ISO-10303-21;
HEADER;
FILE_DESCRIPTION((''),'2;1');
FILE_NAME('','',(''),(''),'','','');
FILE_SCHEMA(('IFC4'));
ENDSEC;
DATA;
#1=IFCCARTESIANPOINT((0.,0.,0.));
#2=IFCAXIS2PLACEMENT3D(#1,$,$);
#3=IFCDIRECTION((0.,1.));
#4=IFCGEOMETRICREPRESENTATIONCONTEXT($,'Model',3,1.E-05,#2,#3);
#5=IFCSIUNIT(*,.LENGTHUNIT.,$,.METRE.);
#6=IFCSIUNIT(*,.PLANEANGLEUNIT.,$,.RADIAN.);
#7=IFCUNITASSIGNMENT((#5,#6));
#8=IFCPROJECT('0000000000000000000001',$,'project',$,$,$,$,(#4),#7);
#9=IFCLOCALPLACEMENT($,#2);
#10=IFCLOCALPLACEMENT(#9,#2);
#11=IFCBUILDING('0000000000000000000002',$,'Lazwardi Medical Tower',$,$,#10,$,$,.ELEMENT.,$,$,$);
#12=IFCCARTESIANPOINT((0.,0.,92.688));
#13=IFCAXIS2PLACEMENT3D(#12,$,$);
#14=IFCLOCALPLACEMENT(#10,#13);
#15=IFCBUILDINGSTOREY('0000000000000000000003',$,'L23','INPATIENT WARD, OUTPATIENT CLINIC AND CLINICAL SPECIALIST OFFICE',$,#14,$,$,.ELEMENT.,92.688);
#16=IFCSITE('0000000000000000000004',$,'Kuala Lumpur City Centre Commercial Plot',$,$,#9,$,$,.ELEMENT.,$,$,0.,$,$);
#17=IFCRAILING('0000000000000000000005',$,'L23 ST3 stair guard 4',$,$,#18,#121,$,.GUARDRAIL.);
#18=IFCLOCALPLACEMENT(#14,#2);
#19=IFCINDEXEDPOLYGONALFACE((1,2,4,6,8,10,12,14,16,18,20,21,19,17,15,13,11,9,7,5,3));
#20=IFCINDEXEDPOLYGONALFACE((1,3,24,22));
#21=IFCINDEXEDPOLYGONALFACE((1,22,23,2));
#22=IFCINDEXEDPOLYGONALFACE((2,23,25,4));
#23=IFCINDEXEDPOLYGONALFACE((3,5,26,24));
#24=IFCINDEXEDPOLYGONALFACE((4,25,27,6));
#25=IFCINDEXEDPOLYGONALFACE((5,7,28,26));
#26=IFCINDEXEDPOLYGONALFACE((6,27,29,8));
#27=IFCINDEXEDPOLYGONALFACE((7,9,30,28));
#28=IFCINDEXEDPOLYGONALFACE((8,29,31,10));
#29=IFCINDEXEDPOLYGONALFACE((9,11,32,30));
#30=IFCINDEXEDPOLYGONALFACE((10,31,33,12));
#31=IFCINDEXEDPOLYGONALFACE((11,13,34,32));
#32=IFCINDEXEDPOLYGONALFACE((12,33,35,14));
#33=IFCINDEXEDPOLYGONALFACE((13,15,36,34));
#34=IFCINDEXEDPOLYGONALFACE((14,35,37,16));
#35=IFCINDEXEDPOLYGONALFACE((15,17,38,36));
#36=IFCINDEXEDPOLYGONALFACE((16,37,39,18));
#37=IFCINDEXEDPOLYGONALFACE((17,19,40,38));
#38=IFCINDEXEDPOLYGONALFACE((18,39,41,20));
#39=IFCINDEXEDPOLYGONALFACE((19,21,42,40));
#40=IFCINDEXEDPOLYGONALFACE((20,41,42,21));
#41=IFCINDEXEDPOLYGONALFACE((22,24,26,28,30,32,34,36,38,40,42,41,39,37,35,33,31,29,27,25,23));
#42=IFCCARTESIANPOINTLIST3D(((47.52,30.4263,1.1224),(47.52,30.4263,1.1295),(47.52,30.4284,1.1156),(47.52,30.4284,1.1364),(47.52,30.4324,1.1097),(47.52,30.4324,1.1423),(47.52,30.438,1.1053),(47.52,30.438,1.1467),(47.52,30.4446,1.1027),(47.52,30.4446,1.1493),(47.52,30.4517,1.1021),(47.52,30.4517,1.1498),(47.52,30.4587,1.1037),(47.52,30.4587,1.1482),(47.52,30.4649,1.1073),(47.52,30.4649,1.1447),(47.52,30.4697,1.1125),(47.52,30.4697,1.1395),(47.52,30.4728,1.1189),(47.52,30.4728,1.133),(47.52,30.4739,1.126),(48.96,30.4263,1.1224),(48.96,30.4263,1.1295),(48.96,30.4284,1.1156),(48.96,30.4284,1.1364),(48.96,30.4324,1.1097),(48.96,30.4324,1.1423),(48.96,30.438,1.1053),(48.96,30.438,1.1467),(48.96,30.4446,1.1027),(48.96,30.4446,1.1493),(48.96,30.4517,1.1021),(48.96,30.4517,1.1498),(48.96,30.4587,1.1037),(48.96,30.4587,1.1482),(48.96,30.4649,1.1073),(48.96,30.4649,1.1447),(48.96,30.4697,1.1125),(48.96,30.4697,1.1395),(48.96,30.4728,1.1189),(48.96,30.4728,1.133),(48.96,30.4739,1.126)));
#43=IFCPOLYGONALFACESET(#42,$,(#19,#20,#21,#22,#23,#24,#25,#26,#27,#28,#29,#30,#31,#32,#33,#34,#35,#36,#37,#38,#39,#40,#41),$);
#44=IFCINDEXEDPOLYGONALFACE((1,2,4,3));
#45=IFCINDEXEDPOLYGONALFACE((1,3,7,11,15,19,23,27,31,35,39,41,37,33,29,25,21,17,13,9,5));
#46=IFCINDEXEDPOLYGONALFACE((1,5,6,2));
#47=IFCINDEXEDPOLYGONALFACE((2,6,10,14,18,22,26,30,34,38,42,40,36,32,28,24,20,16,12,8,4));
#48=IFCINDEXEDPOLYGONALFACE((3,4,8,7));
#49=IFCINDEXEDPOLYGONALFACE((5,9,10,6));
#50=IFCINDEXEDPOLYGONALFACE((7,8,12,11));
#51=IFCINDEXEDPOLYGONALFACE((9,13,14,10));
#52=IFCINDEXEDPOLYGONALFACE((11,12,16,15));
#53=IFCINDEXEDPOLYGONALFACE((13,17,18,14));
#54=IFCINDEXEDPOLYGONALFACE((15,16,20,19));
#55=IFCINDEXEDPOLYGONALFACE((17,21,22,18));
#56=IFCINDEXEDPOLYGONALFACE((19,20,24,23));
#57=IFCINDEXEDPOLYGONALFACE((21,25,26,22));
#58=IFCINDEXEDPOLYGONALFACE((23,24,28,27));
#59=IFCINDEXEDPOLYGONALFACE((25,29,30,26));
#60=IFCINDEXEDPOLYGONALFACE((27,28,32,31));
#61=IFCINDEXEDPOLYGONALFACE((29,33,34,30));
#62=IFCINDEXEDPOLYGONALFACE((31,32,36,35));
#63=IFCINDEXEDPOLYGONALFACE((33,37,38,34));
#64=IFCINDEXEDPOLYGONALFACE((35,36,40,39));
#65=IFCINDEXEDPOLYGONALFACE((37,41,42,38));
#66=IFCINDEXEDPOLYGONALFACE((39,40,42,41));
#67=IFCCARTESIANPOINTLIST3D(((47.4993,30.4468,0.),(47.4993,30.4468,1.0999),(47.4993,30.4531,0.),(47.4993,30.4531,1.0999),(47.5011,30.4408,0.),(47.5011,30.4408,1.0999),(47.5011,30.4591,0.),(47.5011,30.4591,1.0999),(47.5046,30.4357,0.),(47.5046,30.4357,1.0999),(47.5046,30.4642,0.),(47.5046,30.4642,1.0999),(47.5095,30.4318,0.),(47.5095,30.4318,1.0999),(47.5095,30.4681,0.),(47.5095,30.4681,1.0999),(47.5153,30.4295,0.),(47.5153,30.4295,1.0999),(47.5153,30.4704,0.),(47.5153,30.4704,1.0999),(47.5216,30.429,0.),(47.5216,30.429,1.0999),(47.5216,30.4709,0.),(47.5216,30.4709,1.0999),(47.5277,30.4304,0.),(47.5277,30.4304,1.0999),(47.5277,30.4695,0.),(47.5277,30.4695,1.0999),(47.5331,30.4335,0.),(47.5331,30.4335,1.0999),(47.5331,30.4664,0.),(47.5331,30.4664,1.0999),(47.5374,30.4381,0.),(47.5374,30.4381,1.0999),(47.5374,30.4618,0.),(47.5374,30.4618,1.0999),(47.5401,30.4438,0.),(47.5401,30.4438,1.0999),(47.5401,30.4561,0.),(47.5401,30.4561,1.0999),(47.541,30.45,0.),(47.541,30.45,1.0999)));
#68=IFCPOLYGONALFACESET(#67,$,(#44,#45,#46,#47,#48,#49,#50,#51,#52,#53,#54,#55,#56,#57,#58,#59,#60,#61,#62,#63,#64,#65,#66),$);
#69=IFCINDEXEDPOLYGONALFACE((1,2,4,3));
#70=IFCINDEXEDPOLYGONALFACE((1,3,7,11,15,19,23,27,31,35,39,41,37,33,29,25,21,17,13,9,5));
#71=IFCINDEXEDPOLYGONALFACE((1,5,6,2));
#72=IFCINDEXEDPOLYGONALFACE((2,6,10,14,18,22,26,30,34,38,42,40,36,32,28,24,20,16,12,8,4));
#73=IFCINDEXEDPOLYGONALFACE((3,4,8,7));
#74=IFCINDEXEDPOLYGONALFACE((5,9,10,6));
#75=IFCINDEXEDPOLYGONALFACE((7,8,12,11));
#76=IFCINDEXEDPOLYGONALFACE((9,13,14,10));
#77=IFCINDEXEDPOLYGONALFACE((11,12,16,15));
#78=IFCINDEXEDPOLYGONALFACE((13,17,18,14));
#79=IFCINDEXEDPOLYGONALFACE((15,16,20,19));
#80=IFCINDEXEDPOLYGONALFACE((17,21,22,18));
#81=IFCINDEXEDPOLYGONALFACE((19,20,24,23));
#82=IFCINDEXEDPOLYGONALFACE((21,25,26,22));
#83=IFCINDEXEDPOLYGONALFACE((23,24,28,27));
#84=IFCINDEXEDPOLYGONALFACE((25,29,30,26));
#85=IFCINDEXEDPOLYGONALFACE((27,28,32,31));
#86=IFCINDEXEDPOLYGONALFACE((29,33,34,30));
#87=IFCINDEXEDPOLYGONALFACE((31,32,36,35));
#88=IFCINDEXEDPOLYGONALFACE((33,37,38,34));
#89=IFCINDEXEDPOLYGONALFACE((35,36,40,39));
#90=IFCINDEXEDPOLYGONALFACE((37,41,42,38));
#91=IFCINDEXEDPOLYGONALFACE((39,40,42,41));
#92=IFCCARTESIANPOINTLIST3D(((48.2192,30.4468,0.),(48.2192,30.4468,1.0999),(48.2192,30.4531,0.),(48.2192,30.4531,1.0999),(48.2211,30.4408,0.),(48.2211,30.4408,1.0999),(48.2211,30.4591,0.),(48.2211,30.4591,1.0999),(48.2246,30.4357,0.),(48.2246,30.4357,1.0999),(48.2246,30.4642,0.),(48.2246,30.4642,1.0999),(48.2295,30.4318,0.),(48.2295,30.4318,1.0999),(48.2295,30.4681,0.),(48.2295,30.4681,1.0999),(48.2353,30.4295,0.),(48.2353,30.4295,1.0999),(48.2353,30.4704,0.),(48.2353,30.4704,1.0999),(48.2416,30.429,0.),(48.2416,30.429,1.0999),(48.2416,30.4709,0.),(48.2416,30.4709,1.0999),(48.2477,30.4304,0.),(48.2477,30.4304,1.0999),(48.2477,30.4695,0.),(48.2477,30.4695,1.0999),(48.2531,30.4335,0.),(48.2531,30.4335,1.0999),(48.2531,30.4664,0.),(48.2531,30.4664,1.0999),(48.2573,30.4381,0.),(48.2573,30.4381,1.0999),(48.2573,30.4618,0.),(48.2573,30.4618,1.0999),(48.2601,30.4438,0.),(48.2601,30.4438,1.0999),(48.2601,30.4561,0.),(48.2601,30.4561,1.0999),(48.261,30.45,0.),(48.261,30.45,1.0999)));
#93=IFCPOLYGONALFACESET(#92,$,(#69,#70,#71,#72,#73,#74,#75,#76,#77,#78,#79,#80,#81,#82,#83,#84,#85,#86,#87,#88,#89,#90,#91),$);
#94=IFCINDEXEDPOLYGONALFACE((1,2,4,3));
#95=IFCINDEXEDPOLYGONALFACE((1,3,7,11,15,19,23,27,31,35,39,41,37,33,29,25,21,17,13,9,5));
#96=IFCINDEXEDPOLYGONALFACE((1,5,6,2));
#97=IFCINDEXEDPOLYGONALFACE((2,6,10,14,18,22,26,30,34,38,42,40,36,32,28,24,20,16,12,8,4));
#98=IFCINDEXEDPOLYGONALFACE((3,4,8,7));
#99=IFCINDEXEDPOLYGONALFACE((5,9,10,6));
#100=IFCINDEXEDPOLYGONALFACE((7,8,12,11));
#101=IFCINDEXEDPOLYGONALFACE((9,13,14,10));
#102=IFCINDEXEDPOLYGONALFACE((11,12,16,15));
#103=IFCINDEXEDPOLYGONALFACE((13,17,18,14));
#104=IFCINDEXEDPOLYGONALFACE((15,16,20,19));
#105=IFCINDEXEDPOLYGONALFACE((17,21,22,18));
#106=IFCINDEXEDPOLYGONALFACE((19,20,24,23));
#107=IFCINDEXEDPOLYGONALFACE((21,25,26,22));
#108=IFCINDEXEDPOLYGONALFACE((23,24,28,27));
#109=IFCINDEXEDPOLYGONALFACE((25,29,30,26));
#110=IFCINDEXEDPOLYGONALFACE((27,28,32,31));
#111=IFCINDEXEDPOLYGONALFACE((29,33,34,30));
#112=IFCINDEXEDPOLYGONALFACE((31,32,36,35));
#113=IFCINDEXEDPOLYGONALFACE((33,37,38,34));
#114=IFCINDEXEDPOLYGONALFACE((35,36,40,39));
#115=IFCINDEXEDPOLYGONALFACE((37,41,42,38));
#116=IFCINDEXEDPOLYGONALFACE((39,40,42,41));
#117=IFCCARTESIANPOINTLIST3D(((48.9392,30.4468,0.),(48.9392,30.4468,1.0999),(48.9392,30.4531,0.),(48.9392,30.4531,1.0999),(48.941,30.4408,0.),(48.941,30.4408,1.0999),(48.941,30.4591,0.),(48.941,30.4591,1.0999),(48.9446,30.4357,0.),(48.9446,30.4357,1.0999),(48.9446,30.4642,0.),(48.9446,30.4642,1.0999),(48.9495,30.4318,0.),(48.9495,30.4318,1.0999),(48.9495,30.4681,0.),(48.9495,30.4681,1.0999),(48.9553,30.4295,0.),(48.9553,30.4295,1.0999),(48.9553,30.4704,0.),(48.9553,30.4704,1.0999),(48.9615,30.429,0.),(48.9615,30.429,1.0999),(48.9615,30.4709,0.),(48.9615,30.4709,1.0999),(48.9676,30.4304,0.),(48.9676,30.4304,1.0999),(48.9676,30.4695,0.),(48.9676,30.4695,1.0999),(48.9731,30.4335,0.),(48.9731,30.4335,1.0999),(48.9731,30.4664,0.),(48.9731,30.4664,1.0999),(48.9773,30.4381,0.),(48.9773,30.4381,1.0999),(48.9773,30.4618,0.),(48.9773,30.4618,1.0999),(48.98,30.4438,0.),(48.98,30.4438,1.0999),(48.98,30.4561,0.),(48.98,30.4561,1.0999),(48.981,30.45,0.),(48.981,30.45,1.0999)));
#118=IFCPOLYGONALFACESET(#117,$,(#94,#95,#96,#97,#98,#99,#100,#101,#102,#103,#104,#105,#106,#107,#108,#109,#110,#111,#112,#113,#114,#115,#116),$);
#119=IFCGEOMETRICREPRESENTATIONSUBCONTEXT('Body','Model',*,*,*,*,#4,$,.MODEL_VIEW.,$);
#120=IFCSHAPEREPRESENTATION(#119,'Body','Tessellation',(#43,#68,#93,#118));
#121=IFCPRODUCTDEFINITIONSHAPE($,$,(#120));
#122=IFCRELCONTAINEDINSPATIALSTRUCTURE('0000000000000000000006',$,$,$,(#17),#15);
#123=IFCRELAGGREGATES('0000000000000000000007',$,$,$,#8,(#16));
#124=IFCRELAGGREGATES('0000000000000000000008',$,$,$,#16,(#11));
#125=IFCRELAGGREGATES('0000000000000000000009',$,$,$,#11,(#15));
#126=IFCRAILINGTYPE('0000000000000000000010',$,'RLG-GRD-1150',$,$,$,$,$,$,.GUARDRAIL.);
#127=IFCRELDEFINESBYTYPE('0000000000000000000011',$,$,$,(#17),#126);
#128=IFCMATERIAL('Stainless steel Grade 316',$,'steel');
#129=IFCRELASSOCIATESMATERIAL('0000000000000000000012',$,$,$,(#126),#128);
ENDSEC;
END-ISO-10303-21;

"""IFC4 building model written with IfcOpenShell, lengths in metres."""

from ifc_helpers import new_model, si_unit, direction, frame, origin, origin_2d, place, context, subcontext, project, spatial, circle, extrude, material, type_object, element, save


model = new_model("IFC4")

# Units and contexts
model_context = context("Model", 3, precision=1e-05, world=origin(), true_north=direction((0.0, 1.0)))
body_context = subcontext(model_context, "Body", "Model", "MODEL_VIEW")
ifc_project = project(units=[si_unit("LENGTHUNIT", "METRE"), si_unit("PLANEANGLEUNIT", "RADIAN")], contexts=[model_context])

# Site, building, storey
site_placement = place(None, origin())
site = spatial("IfcSite", under=ifc_project, at=site_placement, Name="Kuala Lumpur City Centre Commercial Plot", CompositionType="ELEMENT", RefElevation=0.0)
building_placement = place(site_placement, origin())
building = spatial("IfcBuilding", under=site, at=building_placement, Name="Lazwardi Medical Tower", CompositionType="ELEMENT")
storey_placement = place(building_placement, frame((0.0, 0.0, 92.688)))
storey = spatial("IfcBuildingStorey", under=building, at=storey_placement, Name="L23", Description="INPATIENT WARD, OUTPATIENT CLINIC AND CLINICAL SPECIALIST OFFICE", CompositionType="ELEMENT", Elevation=92.688)

# Railing
ifc_material_1 = material(Name="Stainless steel Grade 316", Category="steel")
railing_type_1 = type_object("IfcRailingType", Name="RLG-GRD-1150", PredefinedType="GUARDRAIL", material=ifc_material_1)
railing_1_placement = place(storey_placement, frame((47.52, 30.45, 0.0)))
element("IfcRailing", 1, at=railing_1_placement, inside=storey, type_object=railing_type_1, Name="L23 ST3 stair guard 4", PredefinedType="GUARDRAIL", context=body_context, shape_type="SweptSolid", body=[
    extrude(circle(Radius=0.0239, at=origin_2d()), frame((0.0, 0.0, 1.126), z_axis=(1.0, 0.0, 0.0), x_axis=(0.0, 1.0, 0.0)), (0.0, 0.0, 1.0), 1.4399),
    extrude(circle(Radius=0.021, at=origin_2d()), origin(), (0.0, 0.0, 1.0), 1.0999),
    extrude(circle(Radius=0.021, at=origin_2d()), frame((0.72, 0.0, 0.0)), (0.0, 0.0, 1.0), 1.0999),
    extrude(circle(Radius=0.021, at=origin_2d()), frame((1.4399, 0.0, 0.0)), (0.0, 0.0, 1.0), 1.0999),
])

save(model, "model.ifc")
